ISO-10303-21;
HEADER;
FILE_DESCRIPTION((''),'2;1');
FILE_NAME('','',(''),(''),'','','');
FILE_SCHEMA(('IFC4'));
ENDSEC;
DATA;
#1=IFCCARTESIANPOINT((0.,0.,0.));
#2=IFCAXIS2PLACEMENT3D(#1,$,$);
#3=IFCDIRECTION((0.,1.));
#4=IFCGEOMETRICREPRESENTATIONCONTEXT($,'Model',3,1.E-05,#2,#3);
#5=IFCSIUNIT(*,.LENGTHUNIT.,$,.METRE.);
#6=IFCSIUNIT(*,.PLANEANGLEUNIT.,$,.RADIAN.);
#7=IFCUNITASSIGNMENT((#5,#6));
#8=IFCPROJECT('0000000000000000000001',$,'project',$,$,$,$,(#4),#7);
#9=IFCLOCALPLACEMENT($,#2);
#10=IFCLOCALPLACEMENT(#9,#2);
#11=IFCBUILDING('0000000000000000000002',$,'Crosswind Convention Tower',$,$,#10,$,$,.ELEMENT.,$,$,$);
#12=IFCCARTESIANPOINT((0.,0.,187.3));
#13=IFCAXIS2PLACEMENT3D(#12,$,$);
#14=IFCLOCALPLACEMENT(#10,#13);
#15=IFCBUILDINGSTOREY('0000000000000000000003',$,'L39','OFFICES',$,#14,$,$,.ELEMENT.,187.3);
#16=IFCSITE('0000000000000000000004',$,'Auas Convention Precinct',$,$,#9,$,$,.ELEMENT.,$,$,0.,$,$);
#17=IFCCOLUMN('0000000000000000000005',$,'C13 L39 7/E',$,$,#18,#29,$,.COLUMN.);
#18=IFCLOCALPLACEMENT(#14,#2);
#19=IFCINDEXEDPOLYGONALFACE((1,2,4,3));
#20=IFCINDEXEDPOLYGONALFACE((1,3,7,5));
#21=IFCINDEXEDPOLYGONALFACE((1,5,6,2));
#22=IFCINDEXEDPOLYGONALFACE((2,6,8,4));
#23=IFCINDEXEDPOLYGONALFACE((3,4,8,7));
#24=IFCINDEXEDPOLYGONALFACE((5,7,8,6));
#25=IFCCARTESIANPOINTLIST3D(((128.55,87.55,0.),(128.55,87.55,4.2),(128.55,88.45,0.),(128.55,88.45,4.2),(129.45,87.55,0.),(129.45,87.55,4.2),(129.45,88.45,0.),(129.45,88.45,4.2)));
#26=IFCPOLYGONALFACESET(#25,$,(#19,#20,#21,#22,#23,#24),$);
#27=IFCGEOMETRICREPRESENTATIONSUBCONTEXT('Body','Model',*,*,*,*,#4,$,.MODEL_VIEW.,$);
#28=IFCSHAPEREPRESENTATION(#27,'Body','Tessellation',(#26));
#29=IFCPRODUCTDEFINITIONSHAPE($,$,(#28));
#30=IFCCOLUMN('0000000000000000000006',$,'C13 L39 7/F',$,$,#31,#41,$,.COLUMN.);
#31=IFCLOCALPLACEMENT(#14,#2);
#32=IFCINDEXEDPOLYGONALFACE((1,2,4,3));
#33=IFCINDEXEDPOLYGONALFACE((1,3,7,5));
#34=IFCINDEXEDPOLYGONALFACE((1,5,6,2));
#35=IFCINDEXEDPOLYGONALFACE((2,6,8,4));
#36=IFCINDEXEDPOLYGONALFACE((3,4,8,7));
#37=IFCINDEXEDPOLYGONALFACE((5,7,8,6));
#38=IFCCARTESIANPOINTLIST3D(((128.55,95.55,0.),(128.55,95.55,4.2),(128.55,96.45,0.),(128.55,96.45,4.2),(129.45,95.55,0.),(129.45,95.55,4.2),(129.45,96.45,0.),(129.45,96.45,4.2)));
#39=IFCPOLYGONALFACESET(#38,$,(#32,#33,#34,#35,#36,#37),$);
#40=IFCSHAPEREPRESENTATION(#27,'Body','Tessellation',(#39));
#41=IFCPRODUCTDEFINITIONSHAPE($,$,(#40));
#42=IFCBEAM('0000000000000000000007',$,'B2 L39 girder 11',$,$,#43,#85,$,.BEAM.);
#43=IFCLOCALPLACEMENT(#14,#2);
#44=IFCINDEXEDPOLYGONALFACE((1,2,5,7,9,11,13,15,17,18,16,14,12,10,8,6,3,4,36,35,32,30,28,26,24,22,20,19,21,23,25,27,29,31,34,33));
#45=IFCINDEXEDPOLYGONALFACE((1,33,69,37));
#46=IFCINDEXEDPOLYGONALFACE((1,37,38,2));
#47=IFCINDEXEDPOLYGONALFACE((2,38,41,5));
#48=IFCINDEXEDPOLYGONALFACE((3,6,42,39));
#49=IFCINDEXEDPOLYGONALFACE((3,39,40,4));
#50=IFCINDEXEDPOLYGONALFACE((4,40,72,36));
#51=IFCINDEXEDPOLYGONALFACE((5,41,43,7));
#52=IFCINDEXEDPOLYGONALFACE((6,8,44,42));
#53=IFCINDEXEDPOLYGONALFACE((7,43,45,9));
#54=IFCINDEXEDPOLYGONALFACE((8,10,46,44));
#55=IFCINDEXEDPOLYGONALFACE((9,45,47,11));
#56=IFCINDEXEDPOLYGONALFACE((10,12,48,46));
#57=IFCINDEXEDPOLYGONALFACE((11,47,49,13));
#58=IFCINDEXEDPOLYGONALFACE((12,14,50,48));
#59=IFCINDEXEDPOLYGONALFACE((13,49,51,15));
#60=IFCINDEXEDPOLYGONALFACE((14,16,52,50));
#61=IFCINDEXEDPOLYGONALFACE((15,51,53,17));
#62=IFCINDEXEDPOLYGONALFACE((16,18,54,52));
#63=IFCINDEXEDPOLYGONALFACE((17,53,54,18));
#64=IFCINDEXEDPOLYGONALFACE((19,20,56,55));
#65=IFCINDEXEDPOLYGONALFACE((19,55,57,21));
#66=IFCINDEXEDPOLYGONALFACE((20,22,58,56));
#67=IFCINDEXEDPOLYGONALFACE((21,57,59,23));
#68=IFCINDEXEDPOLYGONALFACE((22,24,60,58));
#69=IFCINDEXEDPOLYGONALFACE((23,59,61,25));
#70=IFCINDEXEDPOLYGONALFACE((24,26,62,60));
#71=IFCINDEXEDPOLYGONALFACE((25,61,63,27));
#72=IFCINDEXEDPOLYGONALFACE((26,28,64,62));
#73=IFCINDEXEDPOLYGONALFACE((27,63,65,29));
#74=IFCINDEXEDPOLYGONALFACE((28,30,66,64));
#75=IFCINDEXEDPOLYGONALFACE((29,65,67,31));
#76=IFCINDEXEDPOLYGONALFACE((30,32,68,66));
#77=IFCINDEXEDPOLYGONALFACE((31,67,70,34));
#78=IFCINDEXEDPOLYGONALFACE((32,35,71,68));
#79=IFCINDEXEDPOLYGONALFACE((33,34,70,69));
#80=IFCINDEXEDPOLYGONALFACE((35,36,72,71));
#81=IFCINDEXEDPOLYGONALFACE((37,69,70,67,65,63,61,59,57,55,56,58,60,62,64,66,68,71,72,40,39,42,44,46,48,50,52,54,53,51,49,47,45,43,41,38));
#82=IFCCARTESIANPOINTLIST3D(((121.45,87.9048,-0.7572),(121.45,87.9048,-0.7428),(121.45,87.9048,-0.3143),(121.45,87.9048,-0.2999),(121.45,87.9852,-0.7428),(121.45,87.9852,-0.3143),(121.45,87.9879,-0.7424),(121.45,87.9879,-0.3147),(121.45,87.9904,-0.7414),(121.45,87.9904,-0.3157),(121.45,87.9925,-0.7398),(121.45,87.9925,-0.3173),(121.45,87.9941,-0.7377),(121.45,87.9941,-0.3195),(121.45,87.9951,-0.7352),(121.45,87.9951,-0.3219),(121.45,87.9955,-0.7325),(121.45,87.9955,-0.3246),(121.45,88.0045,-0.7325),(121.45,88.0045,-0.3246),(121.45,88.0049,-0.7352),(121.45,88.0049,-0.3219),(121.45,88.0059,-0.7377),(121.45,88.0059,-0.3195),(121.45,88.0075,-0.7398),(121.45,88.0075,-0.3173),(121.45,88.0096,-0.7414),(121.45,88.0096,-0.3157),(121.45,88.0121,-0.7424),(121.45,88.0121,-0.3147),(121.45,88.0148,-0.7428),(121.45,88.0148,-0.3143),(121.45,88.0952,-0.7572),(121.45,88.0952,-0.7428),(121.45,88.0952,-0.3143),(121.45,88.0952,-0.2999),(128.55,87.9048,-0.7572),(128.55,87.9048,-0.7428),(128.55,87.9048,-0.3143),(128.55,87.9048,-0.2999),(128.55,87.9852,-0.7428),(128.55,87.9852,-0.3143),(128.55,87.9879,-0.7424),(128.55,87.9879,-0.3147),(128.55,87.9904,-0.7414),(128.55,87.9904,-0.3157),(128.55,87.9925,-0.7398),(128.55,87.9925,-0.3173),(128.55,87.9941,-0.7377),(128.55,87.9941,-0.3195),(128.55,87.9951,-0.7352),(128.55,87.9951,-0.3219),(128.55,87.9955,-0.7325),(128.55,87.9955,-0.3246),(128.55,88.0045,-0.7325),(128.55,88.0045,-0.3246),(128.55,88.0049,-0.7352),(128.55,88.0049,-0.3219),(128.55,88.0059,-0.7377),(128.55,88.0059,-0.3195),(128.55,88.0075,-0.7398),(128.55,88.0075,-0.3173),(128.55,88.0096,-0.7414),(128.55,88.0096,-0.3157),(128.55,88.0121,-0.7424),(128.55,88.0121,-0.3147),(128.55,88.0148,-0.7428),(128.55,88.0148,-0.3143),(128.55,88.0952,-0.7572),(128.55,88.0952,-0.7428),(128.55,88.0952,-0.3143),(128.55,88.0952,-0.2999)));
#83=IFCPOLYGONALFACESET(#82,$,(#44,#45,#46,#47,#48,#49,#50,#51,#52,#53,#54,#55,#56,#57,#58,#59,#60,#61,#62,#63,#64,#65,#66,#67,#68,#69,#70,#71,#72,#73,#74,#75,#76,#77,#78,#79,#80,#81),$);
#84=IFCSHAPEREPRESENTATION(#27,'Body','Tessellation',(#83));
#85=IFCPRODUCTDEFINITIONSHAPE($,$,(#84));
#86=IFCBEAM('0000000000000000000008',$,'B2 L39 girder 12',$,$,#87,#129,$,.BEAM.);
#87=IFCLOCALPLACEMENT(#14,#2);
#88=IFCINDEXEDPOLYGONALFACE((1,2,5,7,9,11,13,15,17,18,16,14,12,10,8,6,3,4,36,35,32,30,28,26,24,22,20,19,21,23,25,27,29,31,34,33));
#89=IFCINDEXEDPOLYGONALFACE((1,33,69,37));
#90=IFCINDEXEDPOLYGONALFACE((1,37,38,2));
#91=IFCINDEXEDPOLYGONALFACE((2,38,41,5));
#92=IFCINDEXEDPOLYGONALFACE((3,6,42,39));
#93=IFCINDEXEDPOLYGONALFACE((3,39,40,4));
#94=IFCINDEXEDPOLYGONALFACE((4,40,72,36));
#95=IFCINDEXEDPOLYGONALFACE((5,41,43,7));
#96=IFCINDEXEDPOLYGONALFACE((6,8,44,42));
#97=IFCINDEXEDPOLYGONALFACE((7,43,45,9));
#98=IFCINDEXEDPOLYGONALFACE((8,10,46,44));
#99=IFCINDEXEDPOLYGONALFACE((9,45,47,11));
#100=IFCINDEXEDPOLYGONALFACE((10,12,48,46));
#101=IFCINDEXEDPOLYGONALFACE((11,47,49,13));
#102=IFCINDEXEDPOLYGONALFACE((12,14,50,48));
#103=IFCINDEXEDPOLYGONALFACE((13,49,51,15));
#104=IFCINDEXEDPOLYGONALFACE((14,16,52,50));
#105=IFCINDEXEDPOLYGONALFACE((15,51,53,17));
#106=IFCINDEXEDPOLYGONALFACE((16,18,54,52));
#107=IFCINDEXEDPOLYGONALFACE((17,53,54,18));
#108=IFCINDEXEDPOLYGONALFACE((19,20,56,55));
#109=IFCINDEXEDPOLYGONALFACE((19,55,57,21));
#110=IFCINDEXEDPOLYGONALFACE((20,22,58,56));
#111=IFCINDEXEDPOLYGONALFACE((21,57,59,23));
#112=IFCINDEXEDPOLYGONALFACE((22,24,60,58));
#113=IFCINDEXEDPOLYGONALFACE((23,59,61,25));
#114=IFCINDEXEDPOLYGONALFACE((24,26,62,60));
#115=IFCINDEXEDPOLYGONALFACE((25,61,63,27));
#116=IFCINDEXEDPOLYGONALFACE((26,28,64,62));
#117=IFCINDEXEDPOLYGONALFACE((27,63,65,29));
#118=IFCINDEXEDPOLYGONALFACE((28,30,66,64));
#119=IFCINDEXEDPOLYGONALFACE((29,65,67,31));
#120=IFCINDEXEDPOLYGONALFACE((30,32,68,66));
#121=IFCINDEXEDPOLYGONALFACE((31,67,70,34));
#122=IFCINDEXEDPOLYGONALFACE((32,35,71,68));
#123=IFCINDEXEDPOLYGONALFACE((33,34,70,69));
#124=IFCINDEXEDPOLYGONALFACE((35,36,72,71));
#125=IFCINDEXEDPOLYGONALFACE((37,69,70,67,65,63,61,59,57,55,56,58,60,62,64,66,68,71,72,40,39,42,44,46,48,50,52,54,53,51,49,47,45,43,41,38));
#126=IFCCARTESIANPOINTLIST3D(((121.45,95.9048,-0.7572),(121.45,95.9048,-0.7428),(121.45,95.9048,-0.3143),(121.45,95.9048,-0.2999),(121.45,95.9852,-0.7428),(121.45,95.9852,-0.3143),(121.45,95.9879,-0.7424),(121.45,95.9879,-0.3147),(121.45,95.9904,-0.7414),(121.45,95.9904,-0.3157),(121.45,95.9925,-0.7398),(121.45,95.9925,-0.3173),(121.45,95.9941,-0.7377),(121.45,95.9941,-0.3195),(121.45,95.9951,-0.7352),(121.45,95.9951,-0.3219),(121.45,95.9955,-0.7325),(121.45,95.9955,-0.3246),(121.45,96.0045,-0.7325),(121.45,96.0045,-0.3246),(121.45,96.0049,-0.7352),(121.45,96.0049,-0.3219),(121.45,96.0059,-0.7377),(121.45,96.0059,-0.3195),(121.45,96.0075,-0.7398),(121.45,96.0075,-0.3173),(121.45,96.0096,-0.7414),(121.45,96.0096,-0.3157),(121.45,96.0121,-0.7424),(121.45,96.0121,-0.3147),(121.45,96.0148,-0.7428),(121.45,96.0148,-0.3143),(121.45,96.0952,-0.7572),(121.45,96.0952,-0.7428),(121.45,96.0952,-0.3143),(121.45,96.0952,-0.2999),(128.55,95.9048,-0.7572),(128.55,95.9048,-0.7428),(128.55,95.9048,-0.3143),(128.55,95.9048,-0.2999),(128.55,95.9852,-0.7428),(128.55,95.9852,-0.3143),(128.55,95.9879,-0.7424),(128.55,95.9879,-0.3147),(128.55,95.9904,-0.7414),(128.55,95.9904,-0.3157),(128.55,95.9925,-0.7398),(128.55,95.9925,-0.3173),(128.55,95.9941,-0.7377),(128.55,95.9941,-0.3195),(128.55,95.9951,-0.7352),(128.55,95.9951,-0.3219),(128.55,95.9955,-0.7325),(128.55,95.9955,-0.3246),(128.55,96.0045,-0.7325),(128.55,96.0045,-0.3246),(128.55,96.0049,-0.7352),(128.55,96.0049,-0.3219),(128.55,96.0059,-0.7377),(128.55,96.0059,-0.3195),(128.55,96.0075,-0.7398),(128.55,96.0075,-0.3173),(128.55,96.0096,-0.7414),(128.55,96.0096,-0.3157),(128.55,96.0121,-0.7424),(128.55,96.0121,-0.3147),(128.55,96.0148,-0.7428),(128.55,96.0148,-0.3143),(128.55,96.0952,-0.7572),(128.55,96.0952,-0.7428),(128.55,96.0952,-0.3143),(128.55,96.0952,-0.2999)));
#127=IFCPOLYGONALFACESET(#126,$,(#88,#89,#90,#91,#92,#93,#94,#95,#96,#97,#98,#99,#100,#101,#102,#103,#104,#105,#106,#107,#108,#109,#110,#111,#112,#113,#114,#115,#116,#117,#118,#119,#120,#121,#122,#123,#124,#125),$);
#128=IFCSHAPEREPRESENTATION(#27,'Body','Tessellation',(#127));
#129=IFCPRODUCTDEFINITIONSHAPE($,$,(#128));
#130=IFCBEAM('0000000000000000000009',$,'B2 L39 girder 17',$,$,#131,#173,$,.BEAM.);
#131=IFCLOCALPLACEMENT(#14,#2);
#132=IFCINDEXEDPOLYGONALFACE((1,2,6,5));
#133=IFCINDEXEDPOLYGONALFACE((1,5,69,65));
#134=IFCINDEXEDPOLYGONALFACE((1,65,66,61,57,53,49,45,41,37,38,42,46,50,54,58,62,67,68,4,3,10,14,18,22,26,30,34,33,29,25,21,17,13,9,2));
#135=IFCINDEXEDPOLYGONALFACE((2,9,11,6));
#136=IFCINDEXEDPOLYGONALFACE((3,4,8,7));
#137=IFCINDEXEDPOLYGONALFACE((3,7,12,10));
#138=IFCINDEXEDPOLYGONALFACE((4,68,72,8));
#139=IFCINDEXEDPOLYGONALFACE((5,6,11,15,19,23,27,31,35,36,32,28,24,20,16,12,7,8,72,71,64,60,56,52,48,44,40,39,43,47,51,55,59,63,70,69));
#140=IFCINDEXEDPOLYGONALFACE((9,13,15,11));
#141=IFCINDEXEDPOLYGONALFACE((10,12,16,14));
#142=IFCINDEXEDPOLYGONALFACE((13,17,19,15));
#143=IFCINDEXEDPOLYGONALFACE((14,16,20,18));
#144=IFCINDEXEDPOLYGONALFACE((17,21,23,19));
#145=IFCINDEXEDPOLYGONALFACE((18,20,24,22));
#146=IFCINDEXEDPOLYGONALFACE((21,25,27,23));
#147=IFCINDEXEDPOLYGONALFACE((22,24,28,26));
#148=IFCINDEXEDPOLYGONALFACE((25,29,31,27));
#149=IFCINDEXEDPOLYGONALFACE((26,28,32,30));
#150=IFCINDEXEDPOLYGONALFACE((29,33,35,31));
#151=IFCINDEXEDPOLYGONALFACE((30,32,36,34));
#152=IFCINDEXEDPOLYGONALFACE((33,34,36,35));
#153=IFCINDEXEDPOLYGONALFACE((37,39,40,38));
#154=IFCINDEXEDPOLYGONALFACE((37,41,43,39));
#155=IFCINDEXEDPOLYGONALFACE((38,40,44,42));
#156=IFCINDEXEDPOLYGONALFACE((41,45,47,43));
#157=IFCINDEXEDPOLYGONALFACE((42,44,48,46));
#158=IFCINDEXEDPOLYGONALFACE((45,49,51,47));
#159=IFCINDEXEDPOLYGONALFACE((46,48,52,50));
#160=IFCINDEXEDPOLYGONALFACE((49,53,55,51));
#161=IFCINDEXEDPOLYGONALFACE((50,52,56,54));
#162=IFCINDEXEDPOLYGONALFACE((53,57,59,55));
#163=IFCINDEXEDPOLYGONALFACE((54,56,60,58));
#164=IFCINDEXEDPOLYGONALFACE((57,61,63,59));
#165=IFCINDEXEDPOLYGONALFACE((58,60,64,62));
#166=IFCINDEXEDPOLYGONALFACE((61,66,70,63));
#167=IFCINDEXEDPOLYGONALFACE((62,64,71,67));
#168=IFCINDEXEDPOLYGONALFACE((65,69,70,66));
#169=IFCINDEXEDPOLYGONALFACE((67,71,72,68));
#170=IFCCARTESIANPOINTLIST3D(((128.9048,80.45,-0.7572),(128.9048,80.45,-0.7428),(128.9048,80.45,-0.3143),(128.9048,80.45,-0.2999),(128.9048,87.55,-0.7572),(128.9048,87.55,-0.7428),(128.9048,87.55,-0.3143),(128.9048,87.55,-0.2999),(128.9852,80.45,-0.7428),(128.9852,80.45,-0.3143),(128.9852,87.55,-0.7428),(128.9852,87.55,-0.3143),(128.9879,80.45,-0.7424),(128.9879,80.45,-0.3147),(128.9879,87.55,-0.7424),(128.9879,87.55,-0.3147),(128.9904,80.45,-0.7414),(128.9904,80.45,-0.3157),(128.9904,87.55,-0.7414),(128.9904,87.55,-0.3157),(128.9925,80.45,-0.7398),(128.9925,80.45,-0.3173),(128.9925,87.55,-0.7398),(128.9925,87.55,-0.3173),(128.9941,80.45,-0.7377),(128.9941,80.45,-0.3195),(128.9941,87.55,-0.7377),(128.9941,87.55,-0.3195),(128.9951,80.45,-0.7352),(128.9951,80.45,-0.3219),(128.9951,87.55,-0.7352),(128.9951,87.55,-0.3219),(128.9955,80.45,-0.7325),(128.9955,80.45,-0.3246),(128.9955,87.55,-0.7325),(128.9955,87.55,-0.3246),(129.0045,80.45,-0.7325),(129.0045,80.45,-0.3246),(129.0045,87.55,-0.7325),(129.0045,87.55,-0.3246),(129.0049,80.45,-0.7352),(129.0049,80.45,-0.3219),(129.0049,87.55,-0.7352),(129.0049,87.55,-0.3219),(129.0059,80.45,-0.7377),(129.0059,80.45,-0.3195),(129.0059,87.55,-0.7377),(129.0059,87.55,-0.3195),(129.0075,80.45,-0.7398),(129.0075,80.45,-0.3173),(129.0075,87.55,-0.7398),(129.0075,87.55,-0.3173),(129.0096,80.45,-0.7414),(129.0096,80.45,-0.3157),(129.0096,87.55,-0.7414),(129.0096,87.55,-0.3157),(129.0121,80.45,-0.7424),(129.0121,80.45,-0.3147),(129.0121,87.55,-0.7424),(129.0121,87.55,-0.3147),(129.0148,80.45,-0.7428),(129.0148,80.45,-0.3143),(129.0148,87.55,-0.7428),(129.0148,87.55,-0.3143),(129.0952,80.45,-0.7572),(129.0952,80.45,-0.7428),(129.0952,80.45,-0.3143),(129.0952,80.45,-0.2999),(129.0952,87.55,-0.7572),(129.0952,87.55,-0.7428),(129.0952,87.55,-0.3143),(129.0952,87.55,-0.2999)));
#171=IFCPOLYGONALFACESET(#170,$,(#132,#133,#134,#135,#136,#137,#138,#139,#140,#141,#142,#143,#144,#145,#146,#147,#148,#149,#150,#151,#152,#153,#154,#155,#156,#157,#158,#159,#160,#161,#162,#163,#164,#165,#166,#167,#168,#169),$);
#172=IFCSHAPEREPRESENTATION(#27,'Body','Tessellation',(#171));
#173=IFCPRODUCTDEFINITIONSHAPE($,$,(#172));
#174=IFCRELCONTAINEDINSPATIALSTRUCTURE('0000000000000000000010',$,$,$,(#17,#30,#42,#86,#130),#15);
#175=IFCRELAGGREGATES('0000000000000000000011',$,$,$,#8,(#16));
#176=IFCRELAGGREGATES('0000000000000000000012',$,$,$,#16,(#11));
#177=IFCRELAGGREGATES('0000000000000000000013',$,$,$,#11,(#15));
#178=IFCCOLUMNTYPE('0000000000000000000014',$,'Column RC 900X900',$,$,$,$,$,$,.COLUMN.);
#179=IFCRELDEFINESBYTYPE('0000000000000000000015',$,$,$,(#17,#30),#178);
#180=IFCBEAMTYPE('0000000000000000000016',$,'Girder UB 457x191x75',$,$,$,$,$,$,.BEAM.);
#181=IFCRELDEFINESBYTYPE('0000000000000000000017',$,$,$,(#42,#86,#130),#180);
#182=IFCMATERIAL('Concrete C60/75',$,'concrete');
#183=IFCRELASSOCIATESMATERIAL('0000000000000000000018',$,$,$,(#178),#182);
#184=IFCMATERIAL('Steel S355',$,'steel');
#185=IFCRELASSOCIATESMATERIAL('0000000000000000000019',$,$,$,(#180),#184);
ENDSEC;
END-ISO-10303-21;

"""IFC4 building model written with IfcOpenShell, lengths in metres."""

from ifc_helpers import new_model, si_unit, direction, frame, origin, origin_2d, place, context, subcontext, project, spatial, rectangle, i_section, extrude, material, material_profile, profile_set, type_object, element, save


model = new_model("IFC4")

# Units and contexts
model_context = context("Model", 3, precision=1e-05, world=origin(), true_north=direction((0.0, 1.0)))
body_context = subcontext(model_context, "Body", "Model", "MODEL_VIEW")
ifc_project = project(units=[si_unit("LENGTHUNIT", "METRE"), si_unit("PLANEANGLEUNIT", "RADIAN")], contexts=[model_context])

# Site, building, storey
site_placement = place(None, origin())
site = spatial("IfcSite", under=ifc_project, at=site_placement, Name="Auas Convention Precinct", CompositionType="ELEMENT", RefElevation=0.0)
building_placement = place(site_placement, origin())
building = spatial("IfcBuilding", under=site, at=building_placement, Name="Crosswind Convention Tower", CompositionType="ELEMENT")
storey_placement = place(building_placement, frame((0.0, 0.0, 187.3)))
storey = spatial("IfcBuildingStorey", under=building, at=storey_placement, Name="L39", Description="OFFICES", CompositionType="ELEMENT", Elevation=187.3)

# Columns
ifc_material_1 = material(Name="Concrete C60/75", Category="concrete")
ifc_material_profile_1 = material_profile(ifc_material_1, rectangle(XDim=0.8999, YDim=0.8999, at=origin_2d()), Name="RC 900X900")
ifc_profile_set_1 = profile_set([ifc_material_profile_1], Name="Concrete C60/75")
column_type = type_object("IfcColumnType", Name="Column RC 900X900", PredefinedType="COLUMN", material=ifc_profile_set_1)
for number, where, z_axis, x_axis, name in (
    (1, (129.0, 88.0, 0.0), (0.0, 0.0, 1.0), (1.0, 0.0, 0.0), "C13 L39 7/E"),
    (2, (129.0, 96.0, 0.0), (0.0, 0.0, 1.0), (1.0, 0.0, 0.0), "C13 L39 7/F"),
):
    element("IfcColumn", number, at=place(storey_placement, frame(where, z_axis=z_axis, x_axis=x_axis)), inside=storey, type_object=column_type, Name=name, PredefinedType="COLUMN", context=body_context, shape_type="SweptSolid", body=[
        extrude(rectangle(XDim=0.8999, YDim=0.8999, at=origin_2d()), origin(), (0.0, 0.0, 1.0), 4.2),
    ])

# Beams
ifc_material_2 = material(Name="Steel S355", Category="steel")
ifc_material_profile_2 = material_profile(ifc_material_2, i_section(OverallWidth=0.1904, OverallDepth=0.4573, WebThickness=0.009, FlangeThickness=0.0144, FilletRadius=0.0103, at=origin_2d()), Name="UB 457x191x75")
ifc_profile_set_2 = profile_set([ifc_material_profile_2], Name="Steel S355")
beam_type_1 = type_object("IfcBeamType", Name="Girder UB 457x191x75", PredefinedType="BEAM", material=ifc_profile_set_2)
for number, where, z_axis, x_axis, name in (
    (3, (121.45, 88.0, -0.5286), (1.0, 0.0, 0.0), (0.0, 1.0, 0.0), "B2 L39 girder 11"),
    (4, (121.45, 96.0, -0.5286), (1.0, 0.0, 0.0), (0.0, 1.0, 0.0), "B2 L39 girder 12"),
    (5, (129.0, 80.45, -0.5286), (0.0, 1.0, 0.0), (-1.0, 0.0, 0.0), "B2 L39 girder 17"),
):
    element("IfcBeam", number, at=place(storey_placement, frame(where, z_axis=z_axis, x_axis=x_axis)), inside=storey, type_object=beam_type_1, Name=name, PredefinedType="BEAM", context=body_context, shape_type="SweptSolid", body=[
        extrude(i_section(OverallWidth=0.1904, OverallDepth=0.4573, WebThickness=0.009, FlangeThickness=0.0144, FilletRadius=0.0103, at=origin_2d()), origin(), (0.0, 0.0, 1.0), 7.1001),
    ])

save(model, "model.ifc")
